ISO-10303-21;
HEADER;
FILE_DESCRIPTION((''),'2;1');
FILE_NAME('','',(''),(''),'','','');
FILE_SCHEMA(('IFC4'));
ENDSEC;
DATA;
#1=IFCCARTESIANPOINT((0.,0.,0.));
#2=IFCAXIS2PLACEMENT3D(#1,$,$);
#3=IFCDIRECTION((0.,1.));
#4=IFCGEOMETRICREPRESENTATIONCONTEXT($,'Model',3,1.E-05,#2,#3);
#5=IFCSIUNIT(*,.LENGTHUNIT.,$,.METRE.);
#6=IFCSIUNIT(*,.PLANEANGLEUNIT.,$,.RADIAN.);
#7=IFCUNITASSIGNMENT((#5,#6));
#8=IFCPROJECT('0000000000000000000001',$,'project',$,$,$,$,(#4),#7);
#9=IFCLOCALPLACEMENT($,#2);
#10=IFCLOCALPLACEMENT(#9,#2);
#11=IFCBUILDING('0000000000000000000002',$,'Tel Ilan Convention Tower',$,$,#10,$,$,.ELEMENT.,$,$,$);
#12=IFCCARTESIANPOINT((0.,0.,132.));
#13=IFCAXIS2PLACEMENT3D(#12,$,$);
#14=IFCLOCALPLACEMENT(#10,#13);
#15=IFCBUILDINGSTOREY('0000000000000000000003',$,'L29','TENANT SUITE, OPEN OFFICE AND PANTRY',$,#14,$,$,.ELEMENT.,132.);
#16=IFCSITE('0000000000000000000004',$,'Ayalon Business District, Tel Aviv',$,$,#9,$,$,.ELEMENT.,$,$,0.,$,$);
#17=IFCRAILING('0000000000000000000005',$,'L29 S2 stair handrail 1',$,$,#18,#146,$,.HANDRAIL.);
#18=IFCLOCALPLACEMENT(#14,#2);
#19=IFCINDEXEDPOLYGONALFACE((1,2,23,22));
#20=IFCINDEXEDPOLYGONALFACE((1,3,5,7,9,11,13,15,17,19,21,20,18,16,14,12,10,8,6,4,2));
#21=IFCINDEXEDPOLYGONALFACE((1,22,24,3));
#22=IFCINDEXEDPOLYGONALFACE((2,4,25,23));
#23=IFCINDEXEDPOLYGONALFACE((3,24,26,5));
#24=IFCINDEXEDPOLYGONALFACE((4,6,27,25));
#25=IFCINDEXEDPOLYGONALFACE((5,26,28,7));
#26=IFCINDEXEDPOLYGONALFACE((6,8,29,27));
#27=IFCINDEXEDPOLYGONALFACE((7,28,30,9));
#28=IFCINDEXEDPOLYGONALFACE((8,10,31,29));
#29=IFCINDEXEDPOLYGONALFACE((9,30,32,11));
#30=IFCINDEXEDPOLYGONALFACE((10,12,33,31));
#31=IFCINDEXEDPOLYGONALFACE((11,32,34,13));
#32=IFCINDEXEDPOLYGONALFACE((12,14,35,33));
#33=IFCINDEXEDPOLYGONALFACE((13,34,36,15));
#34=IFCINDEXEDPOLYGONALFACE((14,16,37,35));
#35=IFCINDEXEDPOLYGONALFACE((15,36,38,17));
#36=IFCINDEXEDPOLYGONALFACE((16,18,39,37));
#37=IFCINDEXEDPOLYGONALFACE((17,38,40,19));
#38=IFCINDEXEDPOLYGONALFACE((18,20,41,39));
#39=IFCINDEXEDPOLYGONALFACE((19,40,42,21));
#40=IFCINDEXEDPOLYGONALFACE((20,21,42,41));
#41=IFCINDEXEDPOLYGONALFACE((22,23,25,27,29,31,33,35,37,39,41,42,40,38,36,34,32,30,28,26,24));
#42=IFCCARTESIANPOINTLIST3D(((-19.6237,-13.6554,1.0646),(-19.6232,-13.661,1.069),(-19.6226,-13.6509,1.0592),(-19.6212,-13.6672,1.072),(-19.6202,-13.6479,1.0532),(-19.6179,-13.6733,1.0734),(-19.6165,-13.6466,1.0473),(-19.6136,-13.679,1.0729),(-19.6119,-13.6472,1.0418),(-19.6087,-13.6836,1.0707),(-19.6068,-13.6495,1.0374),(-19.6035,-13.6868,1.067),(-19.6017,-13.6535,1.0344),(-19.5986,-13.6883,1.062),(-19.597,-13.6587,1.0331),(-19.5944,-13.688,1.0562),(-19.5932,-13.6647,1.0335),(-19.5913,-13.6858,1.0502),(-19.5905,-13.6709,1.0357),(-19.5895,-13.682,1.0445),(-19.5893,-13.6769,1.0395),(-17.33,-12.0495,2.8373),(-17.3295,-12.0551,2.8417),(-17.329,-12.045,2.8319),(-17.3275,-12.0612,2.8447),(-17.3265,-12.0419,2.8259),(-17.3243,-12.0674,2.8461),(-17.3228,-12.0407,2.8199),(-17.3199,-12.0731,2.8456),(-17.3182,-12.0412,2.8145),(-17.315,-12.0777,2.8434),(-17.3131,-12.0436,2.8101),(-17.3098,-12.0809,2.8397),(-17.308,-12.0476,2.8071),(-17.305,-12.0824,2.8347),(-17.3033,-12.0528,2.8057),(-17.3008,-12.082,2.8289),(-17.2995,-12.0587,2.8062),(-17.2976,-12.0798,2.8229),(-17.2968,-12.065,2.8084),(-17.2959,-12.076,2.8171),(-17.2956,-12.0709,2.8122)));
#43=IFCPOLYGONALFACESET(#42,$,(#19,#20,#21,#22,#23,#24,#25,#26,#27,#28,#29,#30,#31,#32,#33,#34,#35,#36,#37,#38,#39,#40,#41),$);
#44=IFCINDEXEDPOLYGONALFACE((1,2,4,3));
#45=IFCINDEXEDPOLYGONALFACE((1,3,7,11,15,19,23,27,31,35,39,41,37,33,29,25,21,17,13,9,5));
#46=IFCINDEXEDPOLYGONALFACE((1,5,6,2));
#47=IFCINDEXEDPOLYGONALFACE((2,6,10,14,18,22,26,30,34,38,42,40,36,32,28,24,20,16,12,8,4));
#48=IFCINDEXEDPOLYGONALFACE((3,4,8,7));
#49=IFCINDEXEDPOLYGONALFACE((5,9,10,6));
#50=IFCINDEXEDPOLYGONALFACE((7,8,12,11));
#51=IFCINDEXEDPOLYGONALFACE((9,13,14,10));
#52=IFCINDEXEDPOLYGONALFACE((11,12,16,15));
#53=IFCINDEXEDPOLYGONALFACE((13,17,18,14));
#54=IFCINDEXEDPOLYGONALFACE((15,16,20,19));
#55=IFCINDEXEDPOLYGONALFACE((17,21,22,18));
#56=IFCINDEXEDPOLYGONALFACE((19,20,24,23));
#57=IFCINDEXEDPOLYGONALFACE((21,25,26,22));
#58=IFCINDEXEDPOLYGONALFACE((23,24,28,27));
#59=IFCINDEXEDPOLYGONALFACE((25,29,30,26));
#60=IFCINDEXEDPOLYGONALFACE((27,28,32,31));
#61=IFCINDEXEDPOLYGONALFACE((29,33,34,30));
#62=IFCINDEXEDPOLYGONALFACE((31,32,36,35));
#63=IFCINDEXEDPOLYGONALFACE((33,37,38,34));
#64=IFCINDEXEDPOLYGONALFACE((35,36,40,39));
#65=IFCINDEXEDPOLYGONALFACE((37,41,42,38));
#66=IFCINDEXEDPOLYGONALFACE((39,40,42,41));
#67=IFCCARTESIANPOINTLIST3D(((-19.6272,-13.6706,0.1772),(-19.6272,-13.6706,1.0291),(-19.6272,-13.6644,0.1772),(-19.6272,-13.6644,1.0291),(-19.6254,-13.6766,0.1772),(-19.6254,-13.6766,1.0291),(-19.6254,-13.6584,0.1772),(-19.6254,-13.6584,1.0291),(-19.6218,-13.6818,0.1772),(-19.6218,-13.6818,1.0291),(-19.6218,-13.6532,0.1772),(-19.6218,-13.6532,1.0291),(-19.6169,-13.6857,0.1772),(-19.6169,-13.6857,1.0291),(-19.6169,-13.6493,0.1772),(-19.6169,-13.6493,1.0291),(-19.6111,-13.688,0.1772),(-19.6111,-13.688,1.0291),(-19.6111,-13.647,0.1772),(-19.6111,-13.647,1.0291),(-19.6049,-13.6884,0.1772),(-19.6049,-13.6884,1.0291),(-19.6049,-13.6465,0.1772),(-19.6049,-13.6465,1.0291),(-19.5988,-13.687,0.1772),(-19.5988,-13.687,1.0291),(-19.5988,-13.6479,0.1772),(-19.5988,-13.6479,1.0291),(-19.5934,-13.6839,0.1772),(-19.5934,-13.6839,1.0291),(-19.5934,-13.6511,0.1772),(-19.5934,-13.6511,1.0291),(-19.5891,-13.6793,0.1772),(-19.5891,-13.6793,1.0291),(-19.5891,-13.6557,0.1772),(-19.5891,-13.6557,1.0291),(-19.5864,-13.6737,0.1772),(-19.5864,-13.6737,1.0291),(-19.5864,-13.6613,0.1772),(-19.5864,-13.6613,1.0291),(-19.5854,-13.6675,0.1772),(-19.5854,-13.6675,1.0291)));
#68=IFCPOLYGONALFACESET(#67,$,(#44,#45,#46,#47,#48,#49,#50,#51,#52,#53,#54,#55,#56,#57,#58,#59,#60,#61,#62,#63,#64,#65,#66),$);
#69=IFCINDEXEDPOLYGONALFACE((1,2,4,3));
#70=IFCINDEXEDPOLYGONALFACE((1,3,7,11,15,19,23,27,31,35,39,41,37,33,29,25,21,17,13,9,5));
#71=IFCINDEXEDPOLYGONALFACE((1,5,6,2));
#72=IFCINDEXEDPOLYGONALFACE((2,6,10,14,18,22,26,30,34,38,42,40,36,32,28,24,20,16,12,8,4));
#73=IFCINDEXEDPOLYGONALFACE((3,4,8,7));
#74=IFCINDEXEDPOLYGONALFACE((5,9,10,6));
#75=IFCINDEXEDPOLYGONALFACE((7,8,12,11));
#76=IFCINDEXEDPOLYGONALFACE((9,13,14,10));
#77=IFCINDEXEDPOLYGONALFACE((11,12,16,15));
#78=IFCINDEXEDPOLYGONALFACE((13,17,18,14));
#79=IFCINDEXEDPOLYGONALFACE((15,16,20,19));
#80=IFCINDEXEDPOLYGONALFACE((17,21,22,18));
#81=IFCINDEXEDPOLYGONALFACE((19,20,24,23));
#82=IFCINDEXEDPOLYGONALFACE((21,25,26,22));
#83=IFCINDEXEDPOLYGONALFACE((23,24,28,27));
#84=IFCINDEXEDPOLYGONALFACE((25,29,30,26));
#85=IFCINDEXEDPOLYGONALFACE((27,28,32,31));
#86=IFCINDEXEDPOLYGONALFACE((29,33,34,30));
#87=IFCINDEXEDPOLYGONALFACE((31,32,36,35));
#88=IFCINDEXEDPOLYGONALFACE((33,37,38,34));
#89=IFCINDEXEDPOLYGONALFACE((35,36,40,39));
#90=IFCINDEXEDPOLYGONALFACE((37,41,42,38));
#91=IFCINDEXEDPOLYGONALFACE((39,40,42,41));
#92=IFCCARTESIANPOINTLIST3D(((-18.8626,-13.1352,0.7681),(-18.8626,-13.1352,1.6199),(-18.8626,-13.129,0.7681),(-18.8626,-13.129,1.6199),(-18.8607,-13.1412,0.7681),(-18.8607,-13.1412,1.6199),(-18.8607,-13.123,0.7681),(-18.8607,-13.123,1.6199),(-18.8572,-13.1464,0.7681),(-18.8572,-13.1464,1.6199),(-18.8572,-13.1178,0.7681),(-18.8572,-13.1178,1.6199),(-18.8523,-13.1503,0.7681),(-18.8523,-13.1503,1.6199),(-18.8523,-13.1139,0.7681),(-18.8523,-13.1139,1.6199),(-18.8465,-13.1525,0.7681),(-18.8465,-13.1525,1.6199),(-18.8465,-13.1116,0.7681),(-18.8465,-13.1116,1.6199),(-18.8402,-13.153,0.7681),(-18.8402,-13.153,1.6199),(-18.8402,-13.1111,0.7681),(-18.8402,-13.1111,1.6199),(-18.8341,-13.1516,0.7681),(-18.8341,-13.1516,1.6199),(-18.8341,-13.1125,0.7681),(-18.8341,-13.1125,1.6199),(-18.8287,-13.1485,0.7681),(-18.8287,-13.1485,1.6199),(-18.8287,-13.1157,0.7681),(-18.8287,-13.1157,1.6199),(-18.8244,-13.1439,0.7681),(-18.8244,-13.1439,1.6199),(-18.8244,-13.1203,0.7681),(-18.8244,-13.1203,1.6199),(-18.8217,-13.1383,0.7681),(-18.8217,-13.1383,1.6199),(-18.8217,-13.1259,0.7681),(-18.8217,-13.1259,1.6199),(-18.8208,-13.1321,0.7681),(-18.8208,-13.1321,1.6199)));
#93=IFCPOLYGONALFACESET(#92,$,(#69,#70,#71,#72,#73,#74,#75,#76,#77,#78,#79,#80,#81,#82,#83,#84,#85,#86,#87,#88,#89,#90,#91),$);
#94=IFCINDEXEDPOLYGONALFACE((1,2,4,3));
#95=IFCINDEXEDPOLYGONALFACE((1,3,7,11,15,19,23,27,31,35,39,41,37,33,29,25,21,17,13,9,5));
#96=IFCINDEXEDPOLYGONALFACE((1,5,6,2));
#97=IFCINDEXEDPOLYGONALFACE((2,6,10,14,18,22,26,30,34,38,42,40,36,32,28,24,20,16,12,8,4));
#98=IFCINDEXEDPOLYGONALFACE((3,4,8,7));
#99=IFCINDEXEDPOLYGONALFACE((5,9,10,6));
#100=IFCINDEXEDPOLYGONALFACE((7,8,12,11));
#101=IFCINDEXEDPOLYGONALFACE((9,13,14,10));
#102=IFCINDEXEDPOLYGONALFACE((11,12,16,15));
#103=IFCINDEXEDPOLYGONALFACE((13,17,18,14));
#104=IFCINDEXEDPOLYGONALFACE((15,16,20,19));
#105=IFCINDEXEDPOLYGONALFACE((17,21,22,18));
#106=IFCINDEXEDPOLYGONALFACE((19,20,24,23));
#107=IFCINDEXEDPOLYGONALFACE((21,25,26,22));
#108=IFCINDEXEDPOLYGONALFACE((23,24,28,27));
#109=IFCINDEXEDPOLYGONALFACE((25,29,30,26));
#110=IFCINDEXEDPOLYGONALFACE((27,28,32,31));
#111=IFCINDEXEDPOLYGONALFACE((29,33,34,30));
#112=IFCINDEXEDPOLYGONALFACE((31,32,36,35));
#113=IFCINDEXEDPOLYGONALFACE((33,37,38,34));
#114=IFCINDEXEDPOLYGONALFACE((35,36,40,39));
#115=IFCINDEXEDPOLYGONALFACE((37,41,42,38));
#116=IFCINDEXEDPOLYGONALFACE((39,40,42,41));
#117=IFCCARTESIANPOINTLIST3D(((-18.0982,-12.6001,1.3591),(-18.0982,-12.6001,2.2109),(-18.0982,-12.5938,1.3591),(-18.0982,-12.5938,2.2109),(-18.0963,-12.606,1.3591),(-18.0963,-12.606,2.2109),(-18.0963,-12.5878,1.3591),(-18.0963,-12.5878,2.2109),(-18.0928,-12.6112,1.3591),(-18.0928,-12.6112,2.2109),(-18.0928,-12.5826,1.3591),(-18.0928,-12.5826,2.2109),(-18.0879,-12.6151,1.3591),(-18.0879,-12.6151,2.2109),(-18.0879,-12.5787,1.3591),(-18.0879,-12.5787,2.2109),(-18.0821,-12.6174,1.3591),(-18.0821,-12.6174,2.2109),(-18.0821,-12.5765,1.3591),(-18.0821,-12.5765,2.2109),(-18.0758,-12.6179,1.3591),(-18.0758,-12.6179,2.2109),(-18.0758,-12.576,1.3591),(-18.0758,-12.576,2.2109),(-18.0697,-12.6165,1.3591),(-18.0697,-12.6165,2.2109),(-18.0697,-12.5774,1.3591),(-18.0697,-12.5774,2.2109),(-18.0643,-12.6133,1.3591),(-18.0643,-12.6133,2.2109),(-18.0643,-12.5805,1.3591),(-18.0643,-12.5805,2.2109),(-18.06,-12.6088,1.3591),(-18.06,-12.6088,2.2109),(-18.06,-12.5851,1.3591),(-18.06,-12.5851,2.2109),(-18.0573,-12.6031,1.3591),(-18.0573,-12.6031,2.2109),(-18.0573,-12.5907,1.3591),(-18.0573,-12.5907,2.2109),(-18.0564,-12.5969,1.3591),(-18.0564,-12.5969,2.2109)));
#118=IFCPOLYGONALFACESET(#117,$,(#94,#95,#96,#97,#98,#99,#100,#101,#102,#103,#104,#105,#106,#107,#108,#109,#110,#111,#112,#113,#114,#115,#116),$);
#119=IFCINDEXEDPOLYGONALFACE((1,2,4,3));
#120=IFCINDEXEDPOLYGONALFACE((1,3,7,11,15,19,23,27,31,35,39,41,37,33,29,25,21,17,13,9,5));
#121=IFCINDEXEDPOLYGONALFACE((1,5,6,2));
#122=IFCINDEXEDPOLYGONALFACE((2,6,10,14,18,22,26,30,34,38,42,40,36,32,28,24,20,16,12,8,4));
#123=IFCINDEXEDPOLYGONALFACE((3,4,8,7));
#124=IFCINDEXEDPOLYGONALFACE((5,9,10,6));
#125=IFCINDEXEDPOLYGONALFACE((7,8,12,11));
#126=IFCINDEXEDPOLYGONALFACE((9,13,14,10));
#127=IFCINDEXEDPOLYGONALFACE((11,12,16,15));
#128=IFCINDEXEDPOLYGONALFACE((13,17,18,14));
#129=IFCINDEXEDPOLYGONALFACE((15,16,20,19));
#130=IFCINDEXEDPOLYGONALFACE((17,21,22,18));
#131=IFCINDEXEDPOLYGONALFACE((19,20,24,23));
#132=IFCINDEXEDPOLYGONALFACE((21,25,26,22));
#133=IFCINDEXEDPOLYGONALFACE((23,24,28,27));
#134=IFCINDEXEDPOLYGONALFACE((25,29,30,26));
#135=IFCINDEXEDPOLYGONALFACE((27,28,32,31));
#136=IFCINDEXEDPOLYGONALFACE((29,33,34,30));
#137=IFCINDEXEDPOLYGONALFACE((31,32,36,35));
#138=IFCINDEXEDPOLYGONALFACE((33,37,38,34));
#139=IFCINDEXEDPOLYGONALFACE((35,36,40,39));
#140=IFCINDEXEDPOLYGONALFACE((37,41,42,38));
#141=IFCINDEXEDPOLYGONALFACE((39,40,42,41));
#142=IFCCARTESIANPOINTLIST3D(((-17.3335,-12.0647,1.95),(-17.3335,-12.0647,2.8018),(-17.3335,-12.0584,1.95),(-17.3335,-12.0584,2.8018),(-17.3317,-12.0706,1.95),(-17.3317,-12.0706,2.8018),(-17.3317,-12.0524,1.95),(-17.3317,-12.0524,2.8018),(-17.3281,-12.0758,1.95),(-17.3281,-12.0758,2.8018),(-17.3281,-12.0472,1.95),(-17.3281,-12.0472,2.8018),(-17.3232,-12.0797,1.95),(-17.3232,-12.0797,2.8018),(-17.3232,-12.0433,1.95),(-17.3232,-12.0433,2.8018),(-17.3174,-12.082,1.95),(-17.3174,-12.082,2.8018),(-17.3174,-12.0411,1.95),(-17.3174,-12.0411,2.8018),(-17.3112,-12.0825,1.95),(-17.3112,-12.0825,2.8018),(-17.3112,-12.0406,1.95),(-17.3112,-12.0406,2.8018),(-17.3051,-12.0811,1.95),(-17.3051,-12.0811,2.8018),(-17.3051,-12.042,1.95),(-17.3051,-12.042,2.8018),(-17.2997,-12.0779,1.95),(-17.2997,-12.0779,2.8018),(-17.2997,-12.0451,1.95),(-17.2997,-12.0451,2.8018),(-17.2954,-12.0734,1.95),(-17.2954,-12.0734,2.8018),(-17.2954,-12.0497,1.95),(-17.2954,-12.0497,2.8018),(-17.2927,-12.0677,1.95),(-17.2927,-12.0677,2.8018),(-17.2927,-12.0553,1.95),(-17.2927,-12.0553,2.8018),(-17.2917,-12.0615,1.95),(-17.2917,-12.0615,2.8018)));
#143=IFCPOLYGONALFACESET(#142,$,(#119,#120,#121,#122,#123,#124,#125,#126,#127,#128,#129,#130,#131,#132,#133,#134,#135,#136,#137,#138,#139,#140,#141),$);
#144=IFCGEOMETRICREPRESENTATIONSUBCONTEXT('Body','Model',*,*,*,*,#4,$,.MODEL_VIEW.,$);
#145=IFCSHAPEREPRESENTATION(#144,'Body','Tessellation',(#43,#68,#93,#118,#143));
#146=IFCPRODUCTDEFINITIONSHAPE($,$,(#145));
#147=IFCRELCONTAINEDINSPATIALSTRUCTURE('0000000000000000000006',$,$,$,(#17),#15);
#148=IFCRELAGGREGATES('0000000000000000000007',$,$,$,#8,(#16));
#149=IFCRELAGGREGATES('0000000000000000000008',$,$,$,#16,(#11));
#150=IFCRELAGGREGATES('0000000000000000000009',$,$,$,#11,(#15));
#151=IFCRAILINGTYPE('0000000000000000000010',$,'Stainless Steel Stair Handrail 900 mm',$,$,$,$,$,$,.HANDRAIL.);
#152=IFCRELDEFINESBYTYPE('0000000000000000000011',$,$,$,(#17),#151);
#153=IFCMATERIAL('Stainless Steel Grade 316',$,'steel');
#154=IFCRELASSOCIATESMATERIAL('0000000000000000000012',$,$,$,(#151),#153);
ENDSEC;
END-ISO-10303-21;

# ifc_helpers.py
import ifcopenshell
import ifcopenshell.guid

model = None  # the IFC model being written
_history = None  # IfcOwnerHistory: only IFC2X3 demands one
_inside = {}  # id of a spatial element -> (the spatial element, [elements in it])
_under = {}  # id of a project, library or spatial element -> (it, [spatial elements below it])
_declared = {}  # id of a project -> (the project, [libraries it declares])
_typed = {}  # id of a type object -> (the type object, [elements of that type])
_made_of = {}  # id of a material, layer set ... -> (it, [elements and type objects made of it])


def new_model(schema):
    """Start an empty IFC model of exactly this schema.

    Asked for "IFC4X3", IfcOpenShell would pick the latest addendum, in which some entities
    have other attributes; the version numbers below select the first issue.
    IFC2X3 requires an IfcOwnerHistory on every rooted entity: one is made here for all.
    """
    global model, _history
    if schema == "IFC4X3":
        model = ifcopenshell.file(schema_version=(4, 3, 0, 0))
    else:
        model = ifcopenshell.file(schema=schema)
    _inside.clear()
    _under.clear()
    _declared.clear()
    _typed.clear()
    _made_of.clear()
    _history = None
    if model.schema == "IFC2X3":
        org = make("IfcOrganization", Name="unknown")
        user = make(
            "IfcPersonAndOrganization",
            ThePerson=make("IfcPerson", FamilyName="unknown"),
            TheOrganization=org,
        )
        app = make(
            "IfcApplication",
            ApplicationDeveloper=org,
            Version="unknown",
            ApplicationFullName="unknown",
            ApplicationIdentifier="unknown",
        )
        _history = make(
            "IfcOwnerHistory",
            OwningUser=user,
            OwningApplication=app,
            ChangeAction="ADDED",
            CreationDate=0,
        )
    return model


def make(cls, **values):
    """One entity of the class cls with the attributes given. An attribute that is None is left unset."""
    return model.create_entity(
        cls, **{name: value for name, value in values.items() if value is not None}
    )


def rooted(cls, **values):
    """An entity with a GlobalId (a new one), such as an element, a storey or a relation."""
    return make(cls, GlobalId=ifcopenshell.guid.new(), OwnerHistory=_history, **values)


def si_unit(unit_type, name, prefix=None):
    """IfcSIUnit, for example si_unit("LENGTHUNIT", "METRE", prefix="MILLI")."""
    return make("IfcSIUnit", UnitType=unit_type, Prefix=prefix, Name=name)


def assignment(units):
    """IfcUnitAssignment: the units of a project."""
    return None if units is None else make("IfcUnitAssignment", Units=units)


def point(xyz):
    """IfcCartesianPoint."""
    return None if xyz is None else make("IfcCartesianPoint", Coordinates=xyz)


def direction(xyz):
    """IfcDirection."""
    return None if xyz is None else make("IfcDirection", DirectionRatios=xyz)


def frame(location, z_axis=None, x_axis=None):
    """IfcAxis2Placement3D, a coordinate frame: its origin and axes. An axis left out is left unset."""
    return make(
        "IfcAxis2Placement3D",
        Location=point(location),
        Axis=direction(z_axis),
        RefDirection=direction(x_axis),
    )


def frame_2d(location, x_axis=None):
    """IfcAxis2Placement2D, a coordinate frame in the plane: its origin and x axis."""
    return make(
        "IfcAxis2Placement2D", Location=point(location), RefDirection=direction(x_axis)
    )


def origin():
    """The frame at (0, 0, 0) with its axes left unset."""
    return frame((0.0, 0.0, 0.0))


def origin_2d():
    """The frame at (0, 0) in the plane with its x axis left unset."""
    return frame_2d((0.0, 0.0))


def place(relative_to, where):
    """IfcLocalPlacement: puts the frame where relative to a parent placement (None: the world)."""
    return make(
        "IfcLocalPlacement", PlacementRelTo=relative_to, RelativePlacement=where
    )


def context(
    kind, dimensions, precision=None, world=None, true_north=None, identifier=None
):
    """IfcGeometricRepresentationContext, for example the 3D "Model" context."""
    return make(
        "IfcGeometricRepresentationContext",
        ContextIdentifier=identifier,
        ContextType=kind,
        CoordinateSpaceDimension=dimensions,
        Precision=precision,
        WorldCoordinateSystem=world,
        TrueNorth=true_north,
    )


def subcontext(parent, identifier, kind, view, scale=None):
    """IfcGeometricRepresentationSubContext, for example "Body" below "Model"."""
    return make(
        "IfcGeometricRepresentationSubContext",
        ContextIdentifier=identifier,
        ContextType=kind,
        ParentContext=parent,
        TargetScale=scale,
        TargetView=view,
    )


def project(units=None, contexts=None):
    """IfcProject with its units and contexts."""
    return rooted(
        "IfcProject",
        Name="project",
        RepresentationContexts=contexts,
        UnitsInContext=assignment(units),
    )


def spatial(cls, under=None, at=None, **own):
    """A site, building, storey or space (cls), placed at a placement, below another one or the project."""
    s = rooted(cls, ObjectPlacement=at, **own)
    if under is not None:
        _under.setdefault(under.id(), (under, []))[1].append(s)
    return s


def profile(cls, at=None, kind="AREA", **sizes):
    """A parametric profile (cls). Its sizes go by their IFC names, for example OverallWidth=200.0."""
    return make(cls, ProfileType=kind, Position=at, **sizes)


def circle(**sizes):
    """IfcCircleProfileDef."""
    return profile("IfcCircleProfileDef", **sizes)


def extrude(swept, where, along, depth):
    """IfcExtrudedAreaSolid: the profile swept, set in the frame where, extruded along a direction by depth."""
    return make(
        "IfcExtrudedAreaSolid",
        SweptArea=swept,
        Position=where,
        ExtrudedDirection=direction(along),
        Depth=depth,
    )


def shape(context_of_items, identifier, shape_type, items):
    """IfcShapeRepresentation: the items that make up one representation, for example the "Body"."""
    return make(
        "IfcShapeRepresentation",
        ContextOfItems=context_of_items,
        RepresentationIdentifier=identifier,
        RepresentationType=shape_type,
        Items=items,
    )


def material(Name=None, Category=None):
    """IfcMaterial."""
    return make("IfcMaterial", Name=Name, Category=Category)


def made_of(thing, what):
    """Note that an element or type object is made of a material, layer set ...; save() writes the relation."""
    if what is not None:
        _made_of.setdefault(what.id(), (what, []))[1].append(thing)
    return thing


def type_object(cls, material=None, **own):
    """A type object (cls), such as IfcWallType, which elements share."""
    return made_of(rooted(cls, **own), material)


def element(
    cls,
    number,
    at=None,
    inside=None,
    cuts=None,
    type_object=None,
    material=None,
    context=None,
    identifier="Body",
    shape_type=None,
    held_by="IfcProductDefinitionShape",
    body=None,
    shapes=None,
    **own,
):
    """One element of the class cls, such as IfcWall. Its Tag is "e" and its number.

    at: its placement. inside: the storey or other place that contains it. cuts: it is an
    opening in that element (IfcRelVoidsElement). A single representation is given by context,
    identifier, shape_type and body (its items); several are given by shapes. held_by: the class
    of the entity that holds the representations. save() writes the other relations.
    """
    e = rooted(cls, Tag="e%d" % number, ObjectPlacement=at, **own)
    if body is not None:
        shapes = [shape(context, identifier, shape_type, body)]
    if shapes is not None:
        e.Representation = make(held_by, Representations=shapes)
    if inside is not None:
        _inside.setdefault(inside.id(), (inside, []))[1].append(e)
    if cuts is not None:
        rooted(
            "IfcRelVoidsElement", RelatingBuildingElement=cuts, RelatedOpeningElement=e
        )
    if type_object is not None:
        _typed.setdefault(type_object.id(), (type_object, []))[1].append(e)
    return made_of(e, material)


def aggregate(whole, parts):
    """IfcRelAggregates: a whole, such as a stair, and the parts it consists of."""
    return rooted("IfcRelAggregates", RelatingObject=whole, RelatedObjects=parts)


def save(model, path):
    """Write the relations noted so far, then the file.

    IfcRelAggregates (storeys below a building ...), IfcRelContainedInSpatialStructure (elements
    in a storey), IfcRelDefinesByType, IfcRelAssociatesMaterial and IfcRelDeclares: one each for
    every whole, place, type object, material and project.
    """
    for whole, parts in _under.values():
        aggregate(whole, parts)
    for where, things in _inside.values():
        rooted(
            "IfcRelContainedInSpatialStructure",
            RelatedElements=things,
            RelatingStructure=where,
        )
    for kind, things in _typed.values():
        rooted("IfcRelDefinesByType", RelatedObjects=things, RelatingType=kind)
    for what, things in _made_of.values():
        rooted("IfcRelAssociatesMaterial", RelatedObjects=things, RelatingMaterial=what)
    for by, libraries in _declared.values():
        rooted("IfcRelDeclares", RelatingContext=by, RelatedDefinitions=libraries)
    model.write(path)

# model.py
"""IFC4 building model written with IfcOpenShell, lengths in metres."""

from ifc_helpers import new_model, si_unit, direction, frame, origin, origin_2d, place, context, subcontext, project, spatial, circle, extrude, material, type_object, element, save


model = new_model("IFC4")

# Units and contexts
model_context = context("Model", 3, precision=1e-05, world=origin(), true_north=direction((0.0, 1.0)))
body_context = subcontext(model_context, "Body", "Model", "MODEL_VIEW")
ifc_project = project(units=[si_unit("LENGTHUNIT", "METRE"), si_unit("PLANEANGLEUNIT", "RADIAN")], contexts=[model_context])

# Site, building, storey
site_placement = place(None, origin())
site = spatial("IfcSite", under=ifc_project, at=site_placement, Name="Ayalon Business District, Tel Aviv", CompositionType="ELEMENT", RefElevation=0.0)
building_placement = place(site_placement, origin())
building = spatial("IfcBuilding", under=site, at=building_placement, Name="Tel Ilan Convention Tower", CompositionType="ELEMENT")
storey_placement = place(building_placement, frame((0.0, 0.0, 132.0)))
storey = spatial("IfcBuildingStorey", under=building, at=storey_placement, Name="L29", Description="TENANT SUITE, OPEN OFFICE AND PANTRY", CompositionType="ELEMENT", Elevation=132.0)

# Railing
ifc_material_1 = material(Name="Stainless Steel Grade 316", Category="steel")
railing_type_1 = type_object("IfcRailingType", Name="Stainless Steel Stair Handrail 900 mm", PredefinedType="HANDRAIL", material=ifc_material_1)
railing_1_placement = place(storey_placement, frame((-19.6064, -13.6675, 0.1772)))
element("IfcRailing", 1, at=railing_1_placement, inside=storey, type_object=railing_type_1, Name="L29 S2 stair handrail 1", PredefinedType="HANDRAIL", context=body_context, shape_type="SweptSolid", body=[
    extrude(circle(Radius=0.0239, at=origin_2d()), frame((0.0, 0.0, 0.876), z_axis=(0.692123, 0.484597, 0.534913), x_axis=(-0.57355, 0.81917, 0.0)), (0.0, 0.0, 1.0), 3.314),
    extrude(circle(Radius=0.021, at=origin_2d()), origin(), (0.0, 0.0, 1.0), 0.8518),
    extrude(circle(Radius=0.021, at=origin_2d()), frame((0.7646, 0.5354, 0.5908)), (0.0, 0.0, 1.0), 0.8518),
    extrude(circle(Radius=0.021, at=origin_2d()), frame((1.5291, 1.0706, 1.1819)), (0.0, 0.0, 1.0), 0.8518),
    extrude(circle(Radius=0.021, at=origin_2d()), frame((2.2937, 1.606, 1.7727)), (0.0, 0.0, 1.0), 0.8518),
])

save(model, "model.ifc")
